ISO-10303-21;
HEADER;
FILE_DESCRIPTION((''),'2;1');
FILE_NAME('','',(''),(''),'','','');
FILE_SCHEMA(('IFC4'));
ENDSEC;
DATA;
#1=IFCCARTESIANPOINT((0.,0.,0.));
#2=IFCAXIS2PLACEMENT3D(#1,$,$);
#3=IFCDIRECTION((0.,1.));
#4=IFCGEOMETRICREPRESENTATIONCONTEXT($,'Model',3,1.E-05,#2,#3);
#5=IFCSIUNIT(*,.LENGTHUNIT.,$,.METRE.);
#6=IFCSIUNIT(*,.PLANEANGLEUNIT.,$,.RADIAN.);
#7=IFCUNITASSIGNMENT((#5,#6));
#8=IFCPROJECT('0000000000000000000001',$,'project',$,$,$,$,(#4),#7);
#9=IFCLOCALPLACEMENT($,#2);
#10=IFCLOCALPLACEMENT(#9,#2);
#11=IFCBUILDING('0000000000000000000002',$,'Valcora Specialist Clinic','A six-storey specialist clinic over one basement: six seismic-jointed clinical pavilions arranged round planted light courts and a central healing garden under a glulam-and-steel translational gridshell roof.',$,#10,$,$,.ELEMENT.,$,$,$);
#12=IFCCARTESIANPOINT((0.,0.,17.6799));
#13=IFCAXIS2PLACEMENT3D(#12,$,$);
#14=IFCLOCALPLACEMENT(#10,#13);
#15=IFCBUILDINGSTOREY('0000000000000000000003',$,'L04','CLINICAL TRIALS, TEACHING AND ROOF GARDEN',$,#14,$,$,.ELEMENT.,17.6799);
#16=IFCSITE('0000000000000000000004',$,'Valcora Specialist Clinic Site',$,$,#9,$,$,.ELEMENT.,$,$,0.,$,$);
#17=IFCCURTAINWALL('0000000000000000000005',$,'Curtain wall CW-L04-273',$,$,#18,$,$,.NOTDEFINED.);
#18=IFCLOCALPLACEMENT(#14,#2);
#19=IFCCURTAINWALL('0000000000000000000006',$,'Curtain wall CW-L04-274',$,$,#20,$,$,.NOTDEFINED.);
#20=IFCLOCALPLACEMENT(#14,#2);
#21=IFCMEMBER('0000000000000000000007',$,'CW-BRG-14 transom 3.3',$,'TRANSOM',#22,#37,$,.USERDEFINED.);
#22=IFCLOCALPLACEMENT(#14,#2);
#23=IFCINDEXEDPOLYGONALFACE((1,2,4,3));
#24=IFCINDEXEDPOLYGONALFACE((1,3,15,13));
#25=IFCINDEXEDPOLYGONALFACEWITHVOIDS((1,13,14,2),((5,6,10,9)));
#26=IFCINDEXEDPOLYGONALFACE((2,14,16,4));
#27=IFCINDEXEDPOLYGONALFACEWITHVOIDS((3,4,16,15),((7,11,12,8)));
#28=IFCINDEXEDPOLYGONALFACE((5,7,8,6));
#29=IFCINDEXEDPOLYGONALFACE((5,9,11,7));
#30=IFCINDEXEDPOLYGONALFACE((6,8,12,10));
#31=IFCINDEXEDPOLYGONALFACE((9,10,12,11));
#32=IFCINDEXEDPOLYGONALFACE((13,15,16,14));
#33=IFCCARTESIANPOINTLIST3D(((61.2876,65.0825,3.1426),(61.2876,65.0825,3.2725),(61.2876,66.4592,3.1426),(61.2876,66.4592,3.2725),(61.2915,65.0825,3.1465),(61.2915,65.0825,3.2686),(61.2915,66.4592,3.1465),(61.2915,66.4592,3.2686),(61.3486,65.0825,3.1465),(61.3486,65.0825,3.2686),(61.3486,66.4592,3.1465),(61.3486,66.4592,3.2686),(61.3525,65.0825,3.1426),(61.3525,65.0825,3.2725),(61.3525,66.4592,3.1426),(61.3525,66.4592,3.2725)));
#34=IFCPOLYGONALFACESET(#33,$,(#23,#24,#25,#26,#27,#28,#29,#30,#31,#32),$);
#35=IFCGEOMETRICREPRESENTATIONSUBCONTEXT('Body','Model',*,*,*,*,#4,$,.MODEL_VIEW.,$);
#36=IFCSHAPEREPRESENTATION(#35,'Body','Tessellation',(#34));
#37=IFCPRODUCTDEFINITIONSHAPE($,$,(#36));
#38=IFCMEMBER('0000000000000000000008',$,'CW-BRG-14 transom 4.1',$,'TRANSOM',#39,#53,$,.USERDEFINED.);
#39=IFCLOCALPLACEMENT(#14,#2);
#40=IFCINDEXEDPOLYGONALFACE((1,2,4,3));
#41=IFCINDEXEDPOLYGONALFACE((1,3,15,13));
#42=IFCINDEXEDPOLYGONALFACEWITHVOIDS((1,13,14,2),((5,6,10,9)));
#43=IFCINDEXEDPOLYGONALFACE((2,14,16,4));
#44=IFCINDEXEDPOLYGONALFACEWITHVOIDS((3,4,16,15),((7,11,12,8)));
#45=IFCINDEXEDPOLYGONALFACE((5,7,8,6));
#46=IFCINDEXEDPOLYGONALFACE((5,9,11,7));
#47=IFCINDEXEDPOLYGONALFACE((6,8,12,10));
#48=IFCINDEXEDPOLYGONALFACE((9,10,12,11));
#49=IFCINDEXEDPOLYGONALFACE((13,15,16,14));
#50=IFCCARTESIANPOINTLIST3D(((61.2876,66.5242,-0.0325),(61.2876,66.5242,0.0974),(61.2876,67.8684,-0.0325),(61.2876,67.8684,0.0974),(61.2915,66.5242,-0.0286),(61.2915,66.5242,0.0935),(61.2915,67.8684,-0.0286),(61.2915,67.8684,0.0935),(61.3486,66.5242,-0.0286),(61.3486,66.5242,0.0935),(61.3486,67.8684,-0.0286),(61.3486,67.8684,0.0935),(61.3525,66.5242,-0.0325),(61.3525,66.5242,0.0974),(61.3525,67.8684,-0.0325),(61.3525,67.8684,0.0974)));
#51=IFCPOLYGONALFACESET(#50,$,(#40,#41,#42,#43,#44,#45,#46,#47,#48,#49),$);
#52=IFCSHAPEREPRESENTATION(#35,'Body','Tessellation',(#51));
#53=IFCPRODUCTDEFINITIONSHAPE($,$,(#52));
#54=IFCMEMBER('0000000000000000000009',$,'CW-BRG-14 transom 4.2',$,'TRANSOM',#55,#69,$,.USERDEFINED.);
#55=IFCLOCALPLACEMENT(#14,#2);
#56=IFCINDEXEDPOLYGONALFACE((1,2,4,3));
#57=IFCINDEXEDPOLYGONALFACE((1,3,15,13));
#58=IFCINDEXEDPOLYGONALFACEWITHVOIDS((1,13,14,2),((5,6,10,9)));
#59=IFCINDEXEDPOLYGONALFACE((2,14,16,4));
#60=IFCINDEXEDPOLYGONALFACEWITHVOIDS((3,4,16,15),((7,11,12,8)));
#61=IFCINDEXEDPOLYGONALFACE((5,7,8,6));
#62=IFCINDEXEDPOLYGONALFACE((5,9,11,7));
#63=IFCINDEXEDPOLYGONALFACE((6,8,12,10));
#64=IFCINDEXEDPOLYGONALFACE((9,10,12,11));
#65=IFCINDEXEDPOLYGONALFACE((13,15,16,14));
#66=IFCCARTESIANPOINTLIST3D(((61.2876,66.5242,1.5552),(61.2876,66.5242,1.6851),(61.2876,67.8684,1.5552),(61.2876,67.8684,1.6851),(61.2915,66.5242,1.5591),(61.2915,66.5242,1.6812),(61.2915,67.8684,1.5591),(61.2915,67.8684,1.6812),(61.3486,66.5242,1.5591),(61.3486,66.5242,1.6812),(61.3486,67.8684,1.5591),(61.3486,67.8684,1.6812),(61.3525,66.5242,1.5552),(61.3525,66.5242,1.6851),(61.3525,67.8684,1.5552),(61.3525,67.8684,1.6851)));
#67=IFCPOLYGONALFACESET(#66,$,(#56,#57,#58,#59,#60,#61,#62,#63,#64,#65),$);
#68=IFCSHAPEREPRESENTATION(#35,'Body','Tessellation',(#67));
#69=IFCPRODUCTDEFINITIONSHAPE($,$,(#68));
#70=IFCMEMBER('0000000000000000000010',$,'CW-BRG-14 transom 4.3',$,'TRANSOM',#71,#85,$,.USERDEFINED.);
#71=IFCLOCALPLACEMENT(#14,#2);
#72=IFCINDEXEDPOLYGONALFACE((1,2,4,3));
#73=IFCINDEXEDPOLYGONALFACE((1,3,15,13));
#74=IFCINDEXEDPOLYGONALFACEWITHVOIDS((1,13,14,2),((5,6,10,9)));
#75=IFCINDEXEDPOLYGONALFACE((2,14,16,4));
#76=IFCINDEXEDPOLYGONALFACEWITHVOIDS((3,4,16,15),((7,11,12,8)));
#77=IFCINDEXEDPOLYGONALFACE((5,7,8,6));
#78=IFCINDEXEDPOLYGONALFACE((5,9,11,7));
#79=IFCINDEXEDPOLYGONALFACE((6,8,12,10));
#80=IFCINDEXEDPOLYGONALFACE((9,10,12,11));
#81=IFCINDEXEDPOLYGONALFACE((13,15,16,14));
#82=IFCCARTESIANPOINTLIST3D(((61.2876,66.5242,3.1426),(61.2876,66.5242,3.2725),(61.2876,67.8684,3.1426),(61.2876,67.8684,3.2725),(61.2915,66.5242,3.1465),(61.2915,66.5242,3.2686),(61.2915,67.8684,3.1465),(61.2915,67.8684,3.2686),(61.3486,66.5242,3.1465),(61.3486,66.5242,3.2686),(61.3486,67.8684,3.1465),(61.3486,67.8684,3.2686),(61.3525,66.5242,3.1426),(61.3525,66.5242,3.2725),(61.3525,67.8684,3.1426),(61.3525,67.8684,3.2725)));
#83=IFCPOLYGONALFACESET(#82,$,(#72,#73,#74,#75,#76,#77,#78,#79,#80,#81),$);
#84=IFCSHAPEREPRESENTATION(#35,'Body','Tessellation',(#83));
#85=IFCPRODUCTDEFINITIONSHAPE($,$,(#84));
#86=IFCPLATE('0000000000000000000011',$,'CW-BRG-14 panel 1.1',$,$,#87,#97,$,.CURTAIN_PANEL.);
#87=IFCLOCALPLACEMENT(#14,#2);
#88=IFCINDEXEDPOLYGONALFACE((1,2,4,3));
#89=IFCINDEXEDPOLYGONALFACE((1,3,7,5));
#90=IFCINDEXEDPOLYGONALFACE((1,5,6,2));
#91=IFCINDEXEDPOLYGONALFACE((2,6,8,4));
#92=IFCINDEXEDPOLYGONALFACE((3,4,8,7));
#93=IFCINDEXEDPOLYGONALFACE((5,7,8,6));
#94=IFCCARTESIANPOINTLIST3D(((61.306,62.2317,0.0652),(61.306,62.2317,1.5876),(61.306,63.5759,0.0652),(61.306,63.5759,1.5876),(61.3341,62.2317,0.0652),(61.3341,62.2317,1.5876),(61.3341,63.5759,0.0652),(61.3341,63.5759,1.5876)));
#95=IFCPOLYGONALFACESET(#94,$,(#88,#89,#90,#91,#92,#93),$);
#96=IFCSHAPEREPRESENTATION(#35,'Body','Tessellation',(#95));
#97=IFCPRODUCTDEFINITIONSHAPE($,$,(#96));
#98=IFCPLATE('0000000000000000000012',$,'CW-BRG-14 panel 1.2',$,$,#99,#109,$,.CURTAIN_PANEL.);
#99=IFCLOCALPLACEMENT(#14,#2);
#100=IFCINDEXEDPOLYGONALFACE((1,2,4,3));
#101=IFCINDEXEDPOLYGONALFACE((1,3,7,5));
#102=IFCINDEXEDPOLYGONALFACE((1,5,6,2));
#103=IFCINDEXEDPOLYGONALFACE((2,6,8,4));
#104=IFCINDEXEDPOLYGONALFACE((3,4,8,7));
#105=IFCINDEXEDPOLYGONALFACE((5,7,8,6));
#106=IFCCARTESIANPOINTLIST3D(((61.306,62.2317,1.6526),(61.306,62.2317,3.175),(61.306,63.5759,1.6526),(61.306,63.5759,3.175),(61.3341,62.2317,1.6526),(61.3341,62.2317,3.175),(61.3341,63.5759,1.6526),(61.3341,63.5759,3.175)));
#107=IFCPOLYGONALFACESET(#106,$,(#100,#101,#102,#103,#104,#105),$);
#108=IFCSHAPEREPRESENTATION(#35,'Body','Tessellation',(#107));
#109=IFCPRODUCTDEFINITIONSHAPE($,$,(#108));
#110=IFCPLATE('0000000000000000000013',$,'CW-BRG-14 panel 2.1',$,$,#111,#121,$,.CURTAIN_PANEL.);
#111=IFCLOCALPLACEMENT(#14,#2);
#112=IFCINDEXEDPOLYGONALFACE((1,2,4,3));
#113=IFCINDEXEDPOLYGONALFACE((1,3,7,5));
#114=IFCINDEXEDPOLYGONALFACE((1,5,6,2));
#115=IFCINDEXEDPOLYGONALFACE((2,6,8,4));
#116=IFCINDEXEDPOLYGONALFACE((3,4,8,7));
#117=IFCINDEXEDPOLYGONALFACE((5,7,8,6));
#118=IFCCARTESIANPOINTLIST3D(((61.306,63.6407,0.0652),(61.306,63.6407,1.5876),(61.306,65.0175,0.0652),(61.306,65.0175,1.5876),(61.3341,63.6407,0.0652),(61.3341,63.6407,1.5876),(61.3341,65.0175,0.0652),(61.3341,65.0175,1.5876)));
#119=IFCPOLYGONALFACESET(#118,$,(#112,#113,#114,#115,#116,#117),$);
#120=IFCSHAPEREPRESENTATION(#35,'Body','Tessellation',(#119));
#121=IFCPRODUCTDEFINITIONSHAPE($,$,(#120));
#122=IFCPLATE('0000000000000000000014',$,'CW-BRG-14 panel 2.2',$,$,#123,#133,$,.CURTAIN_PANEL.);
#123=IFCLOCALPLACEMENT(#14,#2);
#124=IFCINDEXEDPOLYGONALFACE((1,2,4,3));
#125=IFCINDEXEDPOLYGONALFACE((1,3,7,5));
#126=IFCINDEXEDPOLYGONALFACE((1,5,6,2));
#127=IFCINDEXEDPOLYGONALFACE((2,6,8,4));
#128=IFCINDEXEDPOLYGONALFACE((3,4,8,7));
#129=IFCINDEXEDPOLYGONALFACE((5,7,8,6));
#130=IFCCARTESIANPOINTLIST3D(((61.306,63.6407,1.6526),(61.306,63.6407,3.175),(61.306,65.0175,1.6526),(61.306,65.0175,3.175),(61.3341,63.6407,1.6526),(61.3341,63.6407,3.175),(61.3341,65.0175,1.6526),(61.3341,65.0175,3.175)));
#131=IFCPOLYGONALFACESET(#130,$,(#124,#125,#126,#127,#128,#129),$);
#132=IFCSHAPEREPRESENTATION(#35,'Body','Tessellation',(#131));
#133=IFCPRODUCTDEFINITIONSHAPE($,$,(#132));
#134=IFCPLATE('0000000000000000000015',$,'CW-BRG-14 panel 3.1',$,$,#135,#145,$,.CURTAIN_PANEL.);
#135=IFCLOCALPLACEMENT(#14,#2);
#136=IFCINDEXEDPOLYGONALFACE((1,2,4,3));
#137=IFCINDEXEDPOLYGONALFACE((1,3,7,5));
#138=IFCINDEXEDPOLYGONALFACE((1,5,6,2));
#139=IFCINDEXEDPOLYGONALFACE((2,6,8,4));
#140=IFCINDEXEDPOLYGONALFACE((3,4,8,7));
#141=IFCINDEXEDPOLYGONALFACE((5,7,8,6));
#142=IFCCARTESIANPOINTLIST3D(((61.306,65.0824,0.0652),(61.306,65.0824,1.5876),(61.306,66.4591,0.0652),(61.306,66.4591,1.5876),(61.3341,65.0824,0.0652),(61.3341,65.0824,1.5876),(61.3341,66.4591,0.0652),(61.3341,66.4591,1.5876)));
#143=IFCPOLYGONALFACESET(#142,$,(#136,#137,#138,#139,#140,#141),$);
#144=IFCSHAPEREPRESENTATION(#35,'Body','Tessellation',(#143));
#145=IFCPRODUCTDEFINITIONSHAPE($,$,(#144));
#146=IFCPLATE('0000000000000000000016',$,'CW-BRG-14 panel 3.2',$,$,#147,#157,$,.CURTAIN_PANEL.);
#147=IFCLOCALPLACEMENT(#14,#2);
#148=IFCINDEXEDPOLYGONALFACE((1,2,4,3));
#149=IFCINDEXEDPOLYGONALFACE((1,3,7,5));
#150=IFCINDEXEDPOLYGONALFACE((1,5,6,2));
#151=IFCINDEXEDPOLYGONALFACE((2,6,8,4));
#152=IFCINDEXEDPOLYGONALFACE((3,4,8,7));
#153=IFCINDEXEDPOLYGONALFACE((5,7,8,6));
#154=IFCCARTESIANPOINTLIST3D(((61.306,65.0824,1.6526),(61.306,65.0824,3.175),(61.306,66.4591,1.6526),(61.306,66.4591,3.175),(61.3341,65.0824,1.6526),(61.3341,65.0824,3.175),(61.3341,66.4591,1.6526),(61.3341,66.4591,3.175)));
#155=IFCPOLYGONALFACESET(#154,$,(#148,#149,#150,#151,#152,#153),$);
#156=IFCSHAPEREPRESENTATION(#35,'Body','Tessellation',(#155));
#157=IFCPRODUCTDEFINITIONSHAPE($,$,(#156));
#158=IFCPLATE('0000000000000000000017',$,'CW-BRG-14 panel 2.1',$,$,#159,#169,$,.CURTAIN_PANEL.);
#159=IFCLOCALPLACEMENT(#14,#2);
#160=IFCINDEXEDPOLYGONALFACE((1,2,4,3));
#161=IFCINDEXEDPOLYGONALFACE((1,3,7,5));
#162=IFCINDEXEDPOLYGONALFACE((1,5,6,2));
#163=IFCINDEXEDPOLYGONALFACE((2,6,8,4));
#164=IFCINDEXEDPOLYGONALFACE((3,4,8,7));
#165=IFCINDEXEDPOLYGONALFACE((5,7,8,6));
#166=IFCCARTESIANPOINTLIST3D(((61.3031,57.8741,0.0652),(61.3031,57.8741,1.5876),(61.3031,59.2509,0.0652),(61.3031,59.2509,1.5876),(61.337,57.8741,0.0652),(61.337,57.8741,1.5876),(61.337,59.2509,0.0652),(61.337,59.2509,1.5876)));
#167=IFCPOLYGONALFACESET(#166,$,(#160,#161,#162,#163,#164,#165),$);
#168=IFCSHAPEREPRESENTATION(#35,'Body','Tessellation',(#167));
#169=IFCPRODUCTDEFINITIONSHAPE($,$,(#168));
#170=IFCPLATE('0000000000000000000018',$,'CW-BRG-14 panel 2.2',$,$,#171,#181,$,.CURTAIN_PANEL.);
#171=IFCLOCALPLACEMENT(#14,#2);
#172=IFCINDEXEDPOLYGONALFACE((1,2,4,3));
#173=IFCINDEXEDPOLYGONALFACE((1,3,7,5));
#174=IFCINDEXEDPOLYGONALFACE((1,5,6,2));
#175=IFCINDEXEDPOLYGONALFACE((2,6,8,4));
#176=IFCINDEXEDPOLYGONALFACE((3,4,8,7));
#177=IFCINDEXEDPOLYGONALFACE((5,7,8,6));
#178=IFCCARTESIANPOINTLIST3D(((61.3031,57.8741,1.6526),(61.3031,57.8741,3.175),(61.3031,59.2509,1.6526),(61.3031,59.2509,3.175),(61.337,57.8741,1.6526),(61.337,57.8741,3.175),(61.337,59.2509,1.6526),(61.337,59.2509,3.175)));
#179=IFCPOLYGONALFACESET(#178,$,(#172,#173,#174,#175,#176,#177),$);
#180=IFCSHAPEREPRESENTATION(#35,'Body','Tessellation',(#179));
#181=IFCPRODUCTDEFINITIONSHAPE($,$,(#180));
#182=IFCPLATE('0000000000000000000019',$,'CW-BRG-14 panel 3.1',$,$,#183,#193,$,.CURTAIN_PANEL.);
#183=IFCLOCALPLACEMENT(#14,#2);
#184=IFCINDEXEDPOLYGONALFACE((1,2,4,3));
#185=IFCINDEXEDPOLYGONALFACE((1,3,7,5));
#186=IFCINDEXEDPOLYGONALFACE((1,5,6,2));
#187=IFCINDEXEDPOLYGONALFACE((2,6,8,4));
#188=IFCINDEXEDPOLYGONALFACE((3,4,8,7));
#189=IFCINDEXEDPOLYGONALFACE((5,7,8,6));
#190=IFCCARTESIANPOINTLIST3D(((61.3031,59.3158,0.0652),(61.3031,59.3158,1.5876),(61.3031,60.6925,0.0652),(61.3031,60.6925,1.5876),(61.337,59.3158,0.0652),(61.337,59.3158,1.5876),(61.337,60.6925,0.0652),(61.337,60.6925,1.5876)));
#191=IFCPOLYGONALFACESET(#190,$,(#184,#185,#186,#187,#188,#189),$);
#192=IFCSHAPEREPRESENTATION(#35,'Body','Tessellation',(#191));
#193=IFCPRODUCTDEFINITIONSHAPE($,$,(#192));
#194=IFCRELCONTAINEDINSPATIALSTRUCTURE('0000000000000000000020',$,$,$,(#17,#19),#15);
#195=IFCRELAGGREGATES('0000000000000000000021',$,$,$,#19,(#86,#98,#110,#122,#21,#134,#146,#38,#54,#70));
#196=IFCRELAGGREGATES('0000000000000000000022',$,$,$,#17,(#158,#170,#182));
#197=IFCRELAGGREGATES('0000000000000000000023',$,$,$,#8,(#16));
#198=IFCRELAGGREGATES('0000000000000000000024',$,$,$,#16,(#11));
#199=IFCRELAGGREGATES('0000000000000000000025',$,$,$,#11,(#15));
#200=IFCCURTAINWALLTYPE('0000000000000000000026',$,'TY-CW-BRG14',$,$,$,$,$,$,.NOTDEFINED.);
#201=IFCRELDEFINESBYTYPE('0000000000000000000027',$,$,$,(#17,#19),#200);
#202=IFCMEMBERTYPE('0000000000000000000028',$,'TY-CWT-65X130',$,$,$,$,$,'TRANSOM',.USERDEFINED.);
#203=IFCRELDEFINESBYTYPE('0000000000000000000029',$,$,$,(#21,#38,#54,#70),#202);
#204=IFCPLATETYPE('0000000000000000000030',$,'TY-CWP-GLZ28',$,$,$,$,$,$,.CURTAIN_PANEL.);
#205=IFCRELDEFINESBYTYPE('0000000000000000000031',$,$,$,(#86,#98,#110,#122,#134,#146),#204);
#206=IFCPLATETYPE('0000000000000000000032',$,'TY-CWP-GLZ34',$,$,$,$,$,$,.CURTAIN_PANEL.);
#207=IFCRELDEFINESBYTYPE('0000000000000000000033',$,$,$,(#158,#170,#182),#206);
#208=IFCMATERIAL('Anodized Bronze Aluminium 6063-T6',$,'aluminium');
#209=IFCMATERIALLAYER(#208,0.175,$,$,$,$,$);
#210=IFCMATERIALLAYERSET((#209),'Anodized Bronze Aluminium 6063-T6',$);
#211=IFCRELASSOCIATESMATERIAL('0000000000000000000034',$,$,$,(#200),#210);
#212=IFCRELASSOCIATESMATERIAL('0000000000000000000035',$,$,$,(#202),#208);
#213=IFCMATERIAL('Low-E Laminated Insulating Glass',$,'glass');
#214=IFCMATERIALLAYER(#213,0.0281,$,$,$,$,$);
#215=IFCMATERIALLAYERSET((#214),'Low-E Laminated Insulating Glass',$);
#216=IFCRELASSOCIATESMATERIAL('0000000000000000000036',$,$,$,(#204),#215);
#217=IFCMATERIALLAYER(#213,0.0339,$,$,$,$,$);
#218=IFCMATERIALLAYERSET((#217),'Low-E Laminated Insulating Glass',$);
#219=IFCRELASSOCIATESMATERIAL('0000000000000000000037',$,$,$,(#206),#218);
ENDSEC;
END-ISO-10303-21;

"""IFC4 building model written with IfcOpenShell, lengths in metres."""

from ifc_helpers import new_model, si_unit, direction, frame, origin, origin_2d, place, context, subcontext, project, spatial, rectangle, hollow_rectangle, extrude, material, layer, layer_set, material_profile, profile_set, type_object, element, aggregate, save


model = new_model("IFC4")

# Units and contexts
model_context = context("Model", 3, precision=1e-05, world=origin(), true_north=direction((0.0, 1.0)))
body_context = subcontext(model_context, "Body", "Model", "MODEL_VIEW")
ifc_project = project(units=[si_unit("LENGTHUNIT", "METRE"), si_unit("PLANEANGLEUNIT", "RADIAN")], contexts=[model_context])

# Site, building, storey
site_placement = place(None, origin())
site = spatial("IfcSite", under=ifc_project, at=site_placement, Name="Valcora Specialist Clinic Site", CompositionType="ELEMENT", RefElevation=0.0)
building_placement = place(site_placement, origin())
building = spatial("IfcBuilding", under=site, at=building_placement, Name="Valcora Specialist Clinic", Description="A six-storey specialist clinic over one basement: six seismic-jointed clinical pavilions arranged round planted light courts and a central healing garden under a glulam-and-steel translational gridshell roof.", CompositionType="ELEMENT")
storey_placement = place(building_placement, frame((0.0, 0.0, 17.6799)))
storey = spatial("IfcBuildingStorey", under=building, at=storey_placement, Name="L04", Description="CLINICAL TRIALS, TEACHING AND ROOF GARDEN", CompositionType="ELEMENT", Elevation=17.6799)

# Curtain walls
ifc_material_1 = material(Name="Anodized Bronze Aluminium 6063-T6", Category="aluminium")
ifc_layer_1 = layer(ifc_material_1, 0.175)
ifc_layer_set_1 = layer_set([ifc_layer_1], Name="Anodized Bronze Aluminium 6063-T6")
curtain_wall_type = type_object("IfcCurtainWallType", Name="TY-CW-BRG14", PredefinedType="NOTDEFINED", material=ifc_layer_set_1)
curtain_wall_1_placement = place(storey_placement, origin())
curtain_wall_1 = element("IfcCurtainWall", 1, at=curtain_wall_1_placement, inside=storey, type_object=curtain_wall_type, Name="Curtain wall CW-L04-273", PredefinedType="NOTDEFINED")
curtain_wall_2_placement = place(storey_placement, origin())
curtain_wall_2 = element("IfcCurtainWall", 2, at=curtain_wall_2_placement, inside=storey, type_object=curtain_wall_type, Name="Curtain wall CW-L04-274", PredefinedType="NOTDEFINED")

# Members
ifc_material_profile_1 = material_profile(ifc_material_1, hollow_rectangle(XDim=0.0649, YDim=0.1299, WallThickness=0.0039, at=origin_2d()), Name="AL-TRN-65X130")
ifc_profile_set_1 = profile_set([ifc_material_profile_1], Name="Anodized Bronze Aluminium 6063-T6")
member_type_1 = type_object("IfcMemberType", Name="TY-CWT-65X130", ElementType="TRANSOM", PredefinedType="USERDEFINED", material=ifc_profile_set_1)
member_1_placement = place(storey_placement, frame((61.3201, 65.0825, 3.2075), z_axis=(0.0, 1.0, 0.0), x_axis=(-1.0, 0.0, 0.0)))
member_1 = element("IfcMember", 3, at=member_1_placement, type_object=member_type_1, Name="CW-BRG-14 transom 3.3", ObjectType="TRANSOM", PredefinedType="USERDEFINED", context=body_context, shape_type="SweptSolid", body=[
    extrude(hollow_rectangle(XDim=0.0649, YDim=0.1299, WallThickness=0.0039, at=origin_2d()), origin(), (0.0, 0.0, 1.0), 1.3767),
])
member_2_placement = place(storey_placement, frame((61.3201, 66.5242, 0.0325), z_axis=(0.0, 1.0, 0.0), x_axis=(-1.0, 0.0, 0.0)))
member_2 = element("IfcMember", 4, at=member_2_placement, type_object=member_type_1, Name="CW-BRG-14 transom 4.1", ObjectType="TRANSOM", PredefinedType="USERDEFINED", context=body_context, shape_type="SweptSolid", body=[
    extrude(hollow_rectangle(XDim=0.0649, YDim=0.1299, WallThickness=0.0039, at=origin_2d()), origin(), (0.0, 0.0, 1.0), 1.3442),
])
member_3_placement = place(storey_placement, frame((61.3201, 66.5242, 1.6201), z_axis=(0.0, 1.0, 0.0), x_axis=(-1.0, 0.0, 0.0)))
member_3 = element("IfcMember", 5, at=member_3_placement, type_object=member_type_1, Name="CW-BRG-14 transom 4.2", ObjectType="TRANSOM", PredefinedType="USERDEFINED", context=body_context, shape_type="SweptSolid", body=[
    extrude(hollow_rectangle(XDim=0.0649, YDim=0.1299, WallThickness=0.0039, at=origin_2d()), origin(), (0.0, 0.0, 1.0), 1.3442),
])
member_4_placement = place(storey_placement, frame((61.3201, 66.5242, 3.2075), z_axis=(0.0, 1.0, 0.0), x_axis=(-1.0, 0.0, 0.0)))
member_4 = element("IfcMember", 6, at=member_4_placement, type_object=member_type_1, Name="CW-BRG-14 transom 4.3", ObjectType="TRANSOM", PredefinedType="USERDEFINED", context=body_context, shape_type="SweptSolid", body=[
    extrude(hollow_rectangle(XDim=0.0649, YDim=0.1299, WallThickness=0.0039, at=origin_2d()), origin(), (0.0, 0.0, 1.0), 1.3442),
])

# Plates
ifc_material_2 = material(Name="Low-E Laminated Insulating Glass", Category="glass")
ifc_layer_2 = layer(ifc_material_2, 0.0281)
ifc_layer_set_2 = layer_set([ifc_layer_2], Name="Low-E Laminated Insulating Glass")
plate_type_1 = type_object("IfcPlateType", Name="TY-CWP-GLZ28", PredefinedType="CURTAIN_PANEL", material=ifc_layer_set_2)
plate_1_placement = place(storey_placement, frame((61.3201, 62.9038, 0.0652), z_axis=(0.0, 0.0, 1.0), x_axis=(0.0, 1.0, 0.0)))
plate_1 = element("IfcPlate", 7, at=plate_1_placement, type_object=plate_type_1, Name="CW-BRG-14 panel 1.1", PredefinedType="CURTAIN_PANEL", context=body_context, shape_type="SweptSolid", body=[
    extrude(rectangle(XDim=1.3442, YDim=0.0281, at=origin_2d()), origin(), (0.0, 0.0, 1.0), 1.5225),
])
plate_2_placement = place(storey_placement, frame((61.3201, 62.9038, 1.6526), z_axis=(0.0, 0.0, 1.0), x_axis=(0.0, 1.0, 0.0)))
plate_2 = element("IfcPlate", 8, at=plate_2_placement, type_object=plate_type_1, Name="CW-BRG-14 panel 1.2", PredefinedType="CURTAIN_PANEL", context=body_context, shape_type="SweptSolid", body=[
    extrude(rectangle(XDim=1.3442, YDim=0.0281, at=origin_2d()), origin(), (0.0, 0.0, 1.0), 1.5225),
])
plate_3_placement = place(storey_placement, frame((61.3201, 64.3291, 0.0652), z_axis=(0.0, 0.0, 1.0), x_axis=(0.0, 1.0, 0.0)))
plate_3 = element("IfcPlate", 9, at=plate_3_placement, type_object=plate_type_1, Name="CW-BRG-14 panel 2.1", PredefinedType="CURTAIN_PANEL", context=body_context, shape_type="SweptSolid", body=[
    extrude(rectangle(XDim=1.3767, YDim=0.0281, at=origin_2d()), origin(), (0.0, 0.0, 1.0), 1.5225),
])
plate_4_placement = place(storey_placement, frame((61.3201, 64.3291, 1.6526), z_axis=(0.0, 0.0, 1.0), x_axis=(0.0, 1.0, 0.0)))
plate_4 = element("IfcPlate", 10, at=plate_4_placement, type_object=plate_type_1, Name="CW-BRG-14 panel 2.2", PredefinedType="CURTAIN_PANEL", context=body_context, shape_type="SweptSolid", body=[
    extrude(rectangle(XDim=1.3767, YDim=0.0281, at=origin_2d()), origin(), (0.0, 0.0, 1.0), 1.5225),
])
plate_5_placement = place(storey_placement, frame((61.3201, 65.7708, 0.0652), z_axis=(0.0, 0.0, 1.0), x_axis=(0.0, 1.0, 0.0)))
plate_5 = element("IfcPlate", 11, at=plate_5_placement, type_object=plate_type_1, Name="CW-BRG-14 panel 3.1", PredefinedType="CURTAIN_PANEL", context=body_context, shape_type="SweptSolid", body=[
    extrude(rectangle(XDim=1.3767, YDim=0.0281, at=origin_2d()), origin(), (0.0, 0.0, 1.0), 1.5225),
])
plate_6_placement = place(storey_placement, frame((61.3201, 65.7708, 1.6526), z_axis=(0.0, 0.0, 1.0), x_axis=(0.0, 1.0, 0.0)))
plate_6 = element("IfcPlate", 12, at=plate_6_placement, type_object=plate_type_1, Name="CW-BRG-14 panel 3.2", PredefinedType="CURTAIN_PANEL", context=body_context, shape_type="SweptSolid", body=[
    extrude(rectangle(XDim=1.3767, YDim=0.0281, at=origin_2d()), origin(), (0.0, 0.0, 1.0), 1.5225),
])
aggregate(curtain_wall_2, [plate_1, plate_2, plate_3, plate_4, member_1, plate_5, plate_6, member_2, member_3, member_4])
ifc_layer_3 = layer(ifc_material_2, 0.0339)
ifc_layer_set_3 = layer_set([ifc_layer_3], Name="Low-E Laminated Insulating Glass")
plate_type_2 = type_object("IfcPlateType", Name="TY-CWP-GLZ34", PredefinedType="CURTAIN_PANEL", material=ifc_layer_set_3)
plate_7_placement = place(storey_placement, frame((61.3201, 58.5625, 0.0652), z_axis=(0.0, 0.0, 1.0), x_axis=(0.0, 1.0, 0.0)))
plate_7 = element("IfcPlate", 13, at=plate_7_placement, type_object=plate_type_2, Name="CW-BRG-14 panel 2.1", PredefinedType="CURTAIN_PANEL", context=body_context, shape_type="SweptSolid", body=[
    extrude(rectangle(XDim=1.3767, YDim=0.0339, at=origin_2d()), origin(), (0.0, 0.0, 1.0), 1.5225),
])
plate_8_placement = place(storey_placement, frame((61.3201, 58.5625, 1.6526), z_axis=(0.0, 0.0, 1.0), x_axis=(0.0, 1.0, 0.0)))
plate_8 = element("IfcPlate", 14, at=plate_8_placement, type_object=plate_type_2, Name="CW-BRG-14 panel 2.2", PredefinedType="CURTAIN_PANEL", context=body_context, shape_type="SweptSolid", body=[
    extrude(rectangle(XDim=1.3767, YDim=0.0339, at=origin_2d()), origin(), (0.0, 0.0, 1.0), 1.5225),
])
plate_9_placement = place(storey_placement, frame((61.3201, 60.0042, 0.0652), z_axis=(0.0, 0.0, 1.0), x_axis=(0.0, 1.0, 0.0)))
plate_9 = element("IfcPlate", 15, at=plate_9_placement, type_object=plate_type_2, Name="CW-BRG-14 panel 3.1", PredefinedType="CURTAIN_PANEL", context=body_context, shape_type="SweptSolid", body=[
    extrude(rectangle(XDim=1.3767, YDim=0.0339, at=origin_2d()), origin(), (0.0, 0.0, 1.0), 1.5225),
])
aggregate(curtain_wall_1, [plate_7, plate_8, plate_9])

save(model, "model.ifc")
